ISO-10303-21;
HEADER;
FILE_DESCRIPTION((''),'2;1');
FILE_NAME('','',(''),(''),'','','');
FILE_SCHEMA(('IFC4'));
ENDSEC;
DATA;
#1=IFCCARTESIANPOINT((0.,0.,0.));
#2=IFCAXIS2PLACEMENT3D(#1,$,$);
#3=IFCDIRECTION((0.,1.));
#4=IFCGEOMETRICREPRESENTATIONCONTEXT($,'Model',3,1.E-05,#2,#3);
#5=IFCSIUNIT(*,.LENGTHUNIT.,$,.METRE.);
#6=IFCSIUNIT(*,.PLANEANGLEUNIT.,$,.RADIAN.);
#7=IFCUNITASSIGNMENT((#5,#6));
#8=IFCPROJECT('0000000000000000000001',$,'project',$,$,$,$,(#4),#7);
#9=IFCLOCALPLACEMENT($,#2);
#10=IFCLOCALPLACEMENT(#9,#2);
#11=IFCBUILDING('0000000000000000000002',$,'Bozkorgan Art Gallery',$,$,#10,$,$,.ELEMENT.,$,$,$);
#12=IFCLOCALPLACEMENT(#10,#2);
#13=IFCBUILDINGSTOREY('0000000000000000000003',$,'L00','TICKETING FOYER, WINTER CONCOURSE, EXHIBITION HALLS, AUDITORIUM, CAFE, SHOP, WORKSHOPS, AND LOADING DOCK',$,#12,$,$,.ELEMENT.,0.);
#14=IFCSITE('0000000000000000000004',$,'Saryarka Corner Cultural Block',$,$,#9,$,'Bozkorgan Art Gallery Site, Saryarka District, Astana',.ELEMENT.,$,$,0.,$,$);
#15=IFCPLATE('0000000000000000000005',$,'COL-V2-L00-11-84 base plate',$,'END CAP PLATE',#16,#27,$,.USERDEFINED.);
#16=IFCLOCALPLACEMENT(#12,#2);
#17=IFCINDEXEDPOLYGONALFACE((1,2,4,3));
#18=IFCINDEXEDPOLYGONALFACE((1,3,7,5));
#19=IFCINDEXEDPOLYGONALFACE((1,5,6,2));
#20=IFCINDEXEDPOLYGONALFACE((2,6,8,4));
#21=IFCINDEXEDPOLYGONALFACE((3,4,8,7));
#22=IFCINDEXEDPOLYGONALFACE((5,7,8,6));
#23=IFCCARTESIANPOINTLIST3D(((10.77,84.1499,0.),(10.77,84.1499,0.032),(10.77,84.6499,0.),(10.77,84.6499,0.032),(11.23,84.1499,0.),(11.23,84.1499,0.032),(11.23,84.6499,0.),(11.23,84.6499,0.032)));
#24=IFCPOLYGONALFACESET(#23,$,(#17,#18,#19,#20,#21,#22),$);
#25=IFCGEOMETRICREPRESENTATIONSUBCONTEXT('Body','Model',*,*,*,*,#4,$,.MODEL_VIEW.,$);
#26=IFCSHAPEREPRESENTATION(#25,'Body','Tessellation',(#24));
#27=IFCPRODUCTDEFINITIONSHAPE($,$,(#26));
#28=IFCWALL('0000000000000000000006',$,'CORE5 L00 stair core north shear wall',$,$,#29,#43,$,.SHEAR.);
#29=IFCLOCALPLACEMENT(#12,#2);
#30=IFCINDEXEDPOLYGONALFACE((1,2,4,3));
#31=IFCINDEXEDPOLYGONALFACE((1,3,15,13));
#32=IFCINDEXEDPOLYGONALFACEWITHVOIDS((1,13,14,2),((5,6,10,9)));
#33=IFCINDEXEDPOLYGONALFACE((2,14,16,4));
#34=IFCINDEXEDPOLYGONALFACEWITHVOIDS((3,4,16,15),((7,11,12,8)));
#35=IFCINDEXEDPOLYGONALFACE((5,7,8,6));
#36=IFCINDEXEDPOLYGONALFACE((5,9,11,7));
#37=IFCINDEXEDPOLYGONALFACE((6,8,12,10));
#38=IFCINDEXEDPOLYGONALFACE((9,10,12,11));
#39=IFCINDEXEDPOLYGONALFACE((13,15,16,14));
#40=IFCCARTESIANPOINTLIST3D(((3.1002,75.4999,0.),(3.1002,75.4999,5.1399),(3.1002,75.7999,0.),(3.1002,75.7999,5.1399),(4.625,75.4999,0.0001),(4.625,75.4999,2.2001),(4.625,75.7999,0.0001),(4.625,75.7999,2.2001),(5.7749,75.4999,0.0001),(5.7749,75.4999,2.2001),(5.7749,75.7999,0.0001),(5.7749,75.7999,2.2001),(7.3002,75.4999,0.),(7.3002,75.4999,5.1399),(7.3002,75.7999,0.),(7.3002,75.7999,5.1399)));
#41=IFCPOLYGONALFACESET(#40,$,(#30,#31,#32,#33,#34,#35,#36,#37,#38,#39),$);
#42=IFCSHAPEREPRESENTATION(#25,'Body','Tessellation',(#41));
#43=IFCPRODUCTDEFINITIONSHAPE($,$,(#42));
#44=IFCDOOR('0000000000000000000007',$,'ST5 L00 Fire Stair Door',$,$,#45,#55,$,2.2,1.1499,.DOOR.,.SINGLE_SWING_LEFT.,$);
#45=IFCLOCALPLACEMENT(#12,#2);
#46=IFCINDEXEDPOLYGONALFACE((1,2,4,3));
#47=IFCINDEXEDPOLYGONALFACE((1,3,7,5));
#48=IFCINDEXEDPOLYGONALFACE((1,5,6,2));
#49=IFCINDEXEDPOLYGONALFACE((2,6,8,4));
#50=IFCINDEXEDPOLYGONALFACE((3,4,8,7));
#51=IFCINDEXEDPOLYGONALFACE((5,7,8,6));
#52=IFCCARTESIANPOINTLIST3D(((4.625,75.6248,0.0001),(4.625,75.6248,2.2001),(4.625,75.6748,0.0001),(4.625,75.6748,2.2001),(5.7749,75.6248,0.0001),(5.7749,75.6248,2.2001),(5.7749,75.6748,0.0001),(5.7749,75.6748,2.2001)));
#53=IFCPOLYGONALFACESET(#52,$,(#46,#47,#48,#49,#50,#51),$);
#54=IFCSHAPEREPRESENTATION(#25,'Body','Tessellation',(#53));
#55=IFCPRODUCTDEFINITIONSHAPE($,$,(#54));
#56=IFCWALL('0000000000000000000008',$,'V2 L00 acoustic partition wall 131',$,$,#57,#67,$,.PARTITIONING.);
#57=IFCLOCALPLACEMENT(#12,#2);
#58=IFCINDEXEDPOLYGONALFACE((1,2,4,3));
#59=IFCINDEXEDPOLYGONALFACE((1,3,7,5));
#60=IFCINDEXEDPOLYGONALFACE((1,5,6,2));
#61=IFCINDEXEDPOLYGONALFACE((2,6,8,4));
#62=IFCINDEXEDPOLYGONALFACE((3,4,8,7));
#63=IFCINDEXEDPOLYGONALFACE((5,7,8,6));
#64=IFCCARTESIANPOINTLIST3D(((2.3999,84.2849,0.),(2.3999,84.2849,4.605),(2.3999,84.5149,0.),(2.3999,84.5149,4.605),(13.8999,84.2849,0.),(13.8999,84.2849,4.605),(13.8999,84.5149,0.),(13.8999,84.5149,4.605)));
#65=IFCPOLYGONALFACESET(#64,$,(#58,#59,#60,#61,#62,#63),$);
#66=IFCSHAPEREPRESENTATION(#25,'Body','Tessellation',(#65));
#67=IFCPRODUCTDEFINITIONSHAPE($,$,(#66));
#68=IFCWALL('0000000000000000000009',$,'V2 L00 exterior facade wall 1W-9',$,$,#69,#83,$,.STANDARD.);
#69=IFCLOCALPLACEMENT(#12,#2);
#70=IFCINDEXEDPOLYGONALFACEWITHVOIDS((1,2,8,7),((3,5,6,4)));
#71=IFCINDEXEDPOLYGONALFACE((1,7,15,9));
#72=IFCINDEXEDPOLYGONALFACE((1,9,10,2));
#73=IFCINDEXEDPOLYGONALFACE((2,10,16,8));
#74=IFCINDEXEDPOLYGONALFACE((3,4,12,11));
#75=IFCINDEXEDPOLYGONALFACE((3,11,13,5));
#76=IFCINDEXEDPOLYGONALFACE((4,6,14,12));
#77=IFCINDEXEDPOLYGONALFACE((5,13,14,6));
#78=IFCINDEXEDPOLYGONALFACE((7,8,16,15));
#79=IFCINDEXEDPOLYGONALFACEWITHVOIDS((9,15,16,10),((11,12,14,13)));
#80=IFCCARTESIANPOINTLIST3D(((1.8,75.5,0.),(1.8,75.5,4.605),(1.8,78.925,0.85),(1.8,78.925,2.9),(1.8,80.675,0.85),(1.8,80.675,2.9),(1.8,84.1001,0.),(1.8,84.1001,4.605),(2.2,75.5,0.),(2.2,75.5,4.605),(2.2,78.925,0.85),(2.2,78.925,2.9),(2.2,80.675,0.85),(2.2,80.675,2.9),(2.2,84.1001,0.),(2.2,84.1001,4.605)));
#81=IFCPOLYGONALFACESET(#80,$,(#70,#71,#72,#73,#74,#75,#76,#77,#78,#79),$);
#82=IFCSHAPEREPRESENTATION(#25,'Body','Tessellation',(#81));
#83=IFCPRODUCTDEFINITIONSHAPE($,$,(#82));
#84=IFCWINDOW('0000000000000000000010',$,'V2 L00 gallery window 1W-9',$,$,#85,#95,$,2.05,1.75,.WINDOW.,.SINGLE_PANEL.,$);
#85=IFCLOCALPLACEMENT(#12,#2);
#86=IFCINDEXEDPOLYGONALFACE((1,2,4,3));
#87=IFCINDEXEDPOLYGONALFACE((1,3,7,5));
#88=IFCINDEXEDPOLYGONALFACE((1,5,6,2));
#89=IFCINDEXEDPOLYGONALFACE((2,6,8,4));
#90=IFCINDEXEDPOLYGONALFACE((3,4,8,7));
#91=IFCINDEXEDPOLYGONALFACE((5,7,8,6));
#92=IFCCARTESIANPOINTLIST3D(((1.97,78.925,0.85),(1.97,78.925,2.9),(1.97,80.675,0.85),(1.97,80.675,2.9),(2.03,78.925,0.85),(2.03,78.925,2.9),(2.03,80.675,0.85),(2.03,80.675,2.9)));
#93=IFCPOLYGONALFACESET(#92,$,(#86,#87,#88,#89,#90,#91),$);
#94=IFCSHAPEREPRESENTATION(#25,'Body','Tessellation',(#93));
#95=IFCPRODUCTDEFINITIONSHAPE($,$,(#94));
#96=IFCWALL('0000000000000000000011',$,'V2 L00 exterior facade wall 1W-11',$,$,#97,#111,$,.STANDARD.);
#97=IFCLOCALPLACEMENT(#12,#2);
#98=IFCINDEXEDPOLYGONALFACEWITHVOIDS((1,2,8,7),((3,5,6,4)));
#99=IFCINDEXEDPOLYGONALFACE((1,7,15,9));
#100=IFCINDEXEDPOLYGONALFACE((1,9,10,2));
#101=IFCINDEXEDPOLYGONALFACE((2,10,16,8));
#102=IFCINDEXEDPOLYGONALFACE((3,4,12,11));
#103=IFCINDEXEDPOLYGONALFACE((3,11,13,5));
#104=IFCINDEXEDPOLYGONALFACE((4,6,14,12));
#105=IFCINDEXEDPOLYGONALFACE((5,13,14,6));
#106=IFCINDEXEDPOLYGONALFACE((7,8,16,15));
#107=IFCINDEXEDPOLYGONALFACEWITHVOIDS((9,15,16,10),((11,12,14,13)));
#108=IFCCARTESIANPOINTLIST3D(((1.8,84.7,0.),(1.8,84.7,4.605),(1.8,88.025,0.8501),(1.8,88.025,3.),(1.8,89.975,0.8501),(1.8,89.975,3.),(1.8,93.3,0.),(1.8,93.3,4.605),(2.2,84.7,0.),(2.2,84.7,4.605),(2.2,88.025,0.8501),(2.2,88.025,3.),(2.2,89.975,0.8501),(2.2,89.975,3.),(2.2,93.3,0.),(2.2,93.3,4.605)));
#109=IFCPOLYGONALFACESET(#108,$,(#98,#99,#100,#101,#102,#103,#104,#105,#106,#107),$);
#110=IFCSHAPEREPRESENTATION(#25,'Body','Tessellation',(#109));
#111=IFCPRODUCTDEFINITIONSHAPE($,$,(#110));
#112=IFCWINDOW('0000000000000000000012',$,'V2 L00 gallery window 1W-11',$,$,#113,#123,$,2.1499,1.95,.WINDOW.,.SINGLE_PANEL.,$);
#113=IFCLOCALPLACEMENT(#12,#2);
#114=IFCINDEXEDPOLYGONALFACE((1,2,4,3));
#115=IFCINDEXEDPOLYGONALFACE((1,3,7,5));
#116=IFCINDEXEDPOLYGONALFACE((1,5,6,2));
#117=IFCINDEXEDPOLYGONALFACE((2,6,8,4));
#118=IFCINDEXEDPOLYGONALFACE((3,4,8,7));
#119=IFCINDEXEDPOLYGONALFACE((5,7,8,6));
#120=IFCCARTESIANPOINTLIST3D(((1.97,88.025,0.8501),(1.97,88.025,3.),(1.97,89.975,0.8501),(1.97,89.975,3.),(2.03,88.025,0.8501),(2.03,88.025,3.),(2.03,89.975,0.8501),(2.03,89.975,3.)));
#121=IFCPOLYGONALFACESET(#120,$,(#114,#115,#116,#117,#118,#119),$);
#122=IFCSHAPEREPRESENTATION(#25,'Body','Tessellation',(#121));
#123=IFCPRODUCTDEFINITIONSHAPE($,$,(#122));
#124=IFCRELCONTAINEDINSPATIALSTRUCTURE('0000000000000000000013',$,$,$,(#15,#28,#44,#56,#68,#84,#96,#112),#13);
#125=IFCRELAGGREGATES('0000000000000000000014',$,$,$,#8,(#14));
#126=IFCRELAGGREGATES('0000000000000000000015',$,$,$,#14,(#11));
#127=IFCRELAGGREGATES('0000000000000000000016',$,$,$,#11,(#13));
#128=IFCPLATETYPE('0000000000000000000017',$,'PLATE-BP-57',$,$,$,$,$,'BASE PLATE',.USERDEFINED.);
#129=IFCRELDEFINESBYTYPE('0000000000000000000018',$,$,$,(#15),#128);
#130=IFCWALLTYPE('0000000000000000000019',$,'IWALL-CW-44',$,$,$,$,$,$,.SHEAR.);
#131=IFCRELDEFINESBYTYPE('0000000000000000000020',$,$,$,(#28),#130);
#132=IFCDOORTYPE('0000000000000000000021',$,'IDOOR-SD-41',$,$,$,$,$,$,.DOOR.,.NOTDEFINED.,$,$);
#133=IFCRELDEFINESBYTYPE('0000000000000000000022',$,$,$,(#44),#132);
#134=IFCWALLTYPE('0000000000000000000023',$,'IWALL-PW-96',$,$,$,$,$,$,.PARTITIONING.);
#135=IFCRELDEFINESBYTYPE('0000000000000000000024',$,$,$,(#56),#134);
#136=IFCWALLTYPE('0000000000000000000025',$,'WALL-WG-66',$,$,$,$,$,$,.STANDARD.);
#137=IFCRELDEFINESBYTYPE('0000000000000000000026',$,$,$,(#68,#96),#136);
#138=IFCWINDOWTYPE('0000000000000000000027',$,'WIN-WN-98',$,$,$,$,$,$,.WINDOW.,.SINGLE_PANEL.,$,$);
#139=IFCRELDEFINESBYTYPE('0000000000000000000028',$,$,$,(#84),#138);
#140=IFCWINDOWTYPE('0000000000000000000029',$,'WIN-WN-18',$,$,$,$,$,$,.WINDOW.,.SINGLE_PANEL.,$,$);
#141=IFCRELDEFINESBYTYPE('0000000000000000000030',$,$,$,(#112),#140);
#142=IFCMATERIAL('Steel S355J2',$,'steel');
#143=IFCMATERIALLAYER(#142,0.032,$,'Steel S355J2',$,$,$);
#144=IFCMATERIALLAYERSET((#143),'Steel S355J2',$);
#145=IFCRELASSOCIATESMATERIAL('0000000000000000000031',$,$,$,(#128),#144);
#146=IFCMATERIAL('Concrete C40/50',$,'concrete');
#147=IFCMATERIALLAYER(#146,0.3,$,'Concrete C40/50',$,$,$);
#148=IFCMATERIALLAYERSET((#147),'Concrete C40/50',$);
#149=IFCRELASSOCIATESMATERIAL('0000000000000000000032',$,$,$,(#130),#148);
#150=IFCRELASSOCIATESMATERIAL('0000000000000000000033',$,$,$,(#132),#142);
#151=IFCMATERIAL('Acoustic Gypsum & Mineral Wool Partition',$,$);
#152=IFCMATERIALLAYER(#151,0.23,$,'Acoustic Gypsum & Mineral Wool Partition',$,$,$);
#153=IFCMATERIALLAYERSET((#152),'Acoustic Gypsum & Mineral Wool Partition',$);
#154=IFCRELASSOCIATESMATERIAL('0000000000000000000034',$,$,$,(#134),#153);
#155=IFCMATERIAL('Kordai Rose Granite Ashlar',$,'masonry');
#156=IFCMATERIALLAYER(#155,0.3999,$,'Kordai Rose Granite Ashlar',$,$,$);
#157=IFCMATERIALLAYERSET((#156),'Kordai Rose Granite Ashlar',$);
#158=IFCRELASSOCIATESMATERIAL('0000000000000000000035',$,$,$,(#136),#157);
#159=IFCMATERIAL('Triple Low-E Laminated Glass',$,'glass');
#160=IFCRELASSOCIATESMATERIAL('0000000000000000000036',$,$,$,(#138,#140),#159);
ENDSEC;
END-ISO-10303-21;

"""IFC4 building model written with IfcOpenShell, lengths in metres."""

from ifc_helpers import new_model, si_unit, direction, frame, frame_2d, origin, origin_2d, place, context, subcontext, project, spatial, rectangle, extrude, material, layer, layer_set, type_object, element, fill, save


model = new_model("IFC4")

# Units and contexts
model_context = context("Model", 3, precision=1e-05, world=origin(), true_north=direction((0.0, 1.0)))
body_context = subcontext(model_context, "Body", "Model", "MODEL_VIEW")
ifc_project = project(units=[si_unit("LENGTHUNIT", "METRE"), si_unit("PLANEANGLEUNIT", "RADIAN")], contexts=[model_context])

# Site, building, storey
site_placement = place(None, origin())
site = spatial("IfcSite", under=ifc_project, at=site_placement, Name="Saryarka Corner Cultural Block", LongName="Bozkorgan Art Gallery Site, Saryarka District, Astana", CompositionType="ELEMENT", RefElevation=0.0)
building_placement = place(site_placement, origin())
building = spatial("IfcBuilding", under=site, at=building_placement, Name="Bozkorgan Art Gallery", CompositionType="ELEMENT")
storey_placement = place(building_placement, origin())
storey = spatial("IfcBuildingStorey", under=building, at=storey_placement, Name="L00", Description="TICKETING FOYER, WINTER CONCOURSE, EXHIBITION HALLS, AUDITORIUM, CAFE, SHOP, WORKSHOPS, AND LOADING DOCK", CompositionType="ELEMENT", Elevation=0.0)

# Shared definitions
ifc_material_1 = material(Name="Concrete C40/50", Category="concrete")
ifc_material_2 = material(Name="Steel S355J2", Category="steel")

# Plate
ifc_layer_1 = layer(ifc_material_2, 0.032, Name="Steel S355J2")
ifc_layer_set_1 = layer_set([ifc_layer_1], Name="Steel S355J2")
plate_type = type_object("IfcPlateType", Name="PLATE-BP-57", ElementType="BASE PLATE", PredefinedType="USERDEFINED", material=ifc_layer_set_1)
plate_placement = place(storey_placement, frame((11.0, 84.3999, 0.0), z_axis=(0.0, 0.0, 1.0), x_axis=(1.0, 0.0, 0.0)))
element("IfcPlate", 1, at=plate_placement, inside=storey, type_object=plate_type, Name="COL-V2-L00-11-84 base plate", ObjectType="END CAP PLATE", PredefinedType="USERDEFINED", context=body_context, shape_type="SweptSolid", body=[
    extrude(rectangle(XDim=0.46, YDim=0.5, at=origin_2d()), origin(), (0.0, 0.0, 1.0), 0.032),
])

# Wall, opening, door
ifc_layer_2 = layer(ifc_material_1, 0.3, Name="Concrete C40/50")
ifc_layer_set_2 = layer_set([ifc_layer_2], Name="Concrete C40/50")
wall_type_1 = type_object("IfcWallType", Name="IWALL-CW-44", PredefinedType="SHEAR", material=ifc_layer_set_2)
wall_1_placement = place(storey_placement, frame((3.1001, 75.6499, 0.0), z_axis=(0.0, 0.0, 1.0), x_axis=(1.0, 0.0, 0.0)))
wall_1 = element("IfcWall", 2, at=wall_1_placement, inside=storey, type_object=wall_type_1, Name="CORE5 L00 stair core north shear wall", PredefinedType="SHEAR", context=body_context, shape_type="SweptSolid", body=[
    extrude(rectangle(XDim=4.2, YDim=0.3, at=frame_2d((2.1001, 0.0))), origin(), (0.0, 0.0, 1.0), 5.1399),
])
opening_1_placement = place(wall_1_placement, frame((1.5249, 0.0, 0.0)))
opening_1 = element("IfcOpeningElement", 3, at=opening_1_placement, cuts=wall_1, PredefinedType="OPENING", context=body_context, shape_type="SweptSolid", body=[
    extrude(rectangle(XDim=1.1499, YDim=2.2, at=frame_2d((0.575, 1.1001))), frame((0.0, 0.1602, 0.0), z_axis=(0.0, -1.0, 0.0), x_axis=(1.0, 0.0, 0.0)), (0.0, 0.0, 1.0), 0.3201),
])
door_type = type_object("IfcDoorType", Name="IDOOR-SD-41", OperationType="NOTDEFINED", PredefinedType="DOOR", material=ifc_material_2)
door_placement = place(opening_1_placement, origin())
door = element("IfcDoor", 4, at=door_placement, inside=storey, type_object=door_type, Name="ST5 L00 Fire Stair Door", OperationType="SINGLE_SWING_LEFT", OverallHeight=2.2, OverallWidth=1.1499, PredefinedType="DOOR", context=body_context, shape_type="SweptSolid", body=[
    extrude(rectangle(XDim=1.1499, YDim=2.2, at=frame_2d((0.575, 1.1001))), frame((0.0, 0.0249, 0.0), z_axis=(0.0, -1.0, 0.0), x_axis=(1.0, 0.0, 0.0)), (0.0, 0.0, 1.0), 0.05),
])
fill(opening_1, door)

# Wall
ifc_material_3 = material(Name="Acoustic Gypsum & Mineral Wool Partition")
ifc_layer_3 = layer(ifc_material_3, 0.23, Name="Acoustic Gypsum & Mineral Wool Partition")
ifc_layer_set_3 = layer_set([ifc_layer_3], Name="Acoustic Gypsum & Mineral Wool Partition")
wall_type_2 = type_object("IfcWallType", Name="IWALL-PW-96", PredefinedType="PARTITIONING", material=ifc_layer_set_3)
wall_2_placement = place(storey_placement, frame((2.3999, 84.3999, 0.0), z_axis=(0.0, 0.0, 1.0), x_axis=(1.0, 0.0, 0.0)))
element("IfcWall", 5, at=wall_2_placement, inside=storey, type_object=wall_type_2, Name="V2 L00 acoustic partition wall 131", PredefinedType="PARTITIONING", context=body_context, shape_type="SweptSolid", body=[
    extrude(rectangle(XDim=11.5, YDim=0.23, at=frame_2d((5.75, 0.0))), origin(), (0.0, 0.0, 1.0), 4.605),
])

# Walls, openings, windows
ifc_material_4 = material(Name="Kordai Rose Granite Ashlar", Category="masonry")
ifc_layer_4 = layer(ifc_material_4, 0.3999, Name="Kordai Rose Granite Ashlar")
ifc_layer_set_4 = layer_set([ifc_layer_4], Name="Kordai Rose Granite Ashlar")
wall_type_3 = type_object("IfcWallType", Name="WALL-WG-66", PredefinedType="STANDARD", material=ifc_layer_set_4)
wall_3_placement = place(storey_placement, frame((2.0, 75.5, 0.0), z_axis=(0.0, 0.0, 1.0), x_axis=(0.0, 1.0, 0.0)))
wall_3 = element("IfcWall", 6, at=wall_3_placement, inside=storey, type_object=wall_type_3, Name="V2 L00 exterior facade wall 1W-9", PredefinedType="STANDARD", context=body_context, shape_type="SweptSolid", body=[
    extrude(rectangle(XDim=8.6001, YDim=0.3999, at=frame_2d((4.3, 0.0))), origin(), (0.0, 0.0, 1.0), 4.605),
])
opening_2_placement = place(wall_3_placement, frame((3.425, 0.0, 0.8501)))
opening_2 = element("IfcOpeningElement", 7, at=opening_2_placement, cuts=wall_3, PredefinedType="OPENING", context=body_context, shape_type="SweptSolid", body=[
    extrude(rectangle(XDim=1.75, YDim=2.05, at=frame_2d((0.875, 1.0249))), frame((0.0, 0.21, 0.0), z_axis=(0.0, -1.0, 0.0), x_axis=(1.0, 0.0, 0.0)), (0.0, 0.0, 1.0), 0.4199),
])
ifc_material_5 = material(Name="Triple Low-E Laminated Glass", Category="glass")
window_type_1 = type_object("IfcWindowType", Name="WIN-WN-98", PartitioningType="SINGLE_PANEL", PredefinedType="WINDOW", material=ifc_material_5)
window_1_placement = place(opening_2_placement, origin())
window_1 = element("IfcWindow", 8, at=window_1_placement, inside=storey, type_object=window_type_1, Name="V2 L00 gallery window 1W-9", OverallHeight=2.05, OverallWidth=1.75, PartitioningType="SINGLE_PANEL", PredefinedType="WINDOW", context=body_context, shape_type="SweptSolid", body=[
    extrude(rectangle(XDim=1.75, YDim=2.05, at=frame_2d((0.875, 1.0249))), frame((0.0, 0.03, 0.0), z_axis=(0.0, -1.0, 0.0), x_axis=(1.0, 0.0, 0.0)), (0.0, 0.0, 1.0), 0.0601),
])
fill(opening_2, window_1)
wall_4_placement = place(storey_placement, frame((2.0, 84.7, 0.0), z_axis=(0.0, 0.0, 1.0), x_axis=(0.0, 1.0, 0.0)))
wall_4 = element("IfcWall", 9, at=wall_4_placement, inside=storey, type_object=wall_type_3, Name="V2 L00 exterior facade wall 1W-11", PredefinedType="STANDARD", context=body_context, shape_type="SweptSolid", body=[
    extrude(rectangle(XDim=8.6001, YDim=0.3999, at=frame_2d((4.3, 0.0))), origin(), (0.0, 0.0, 1.0), 4.605),
])
opening_3_placement = place(wall_4_placement, frame((3.325, 0.0, 0.8501)))
opening_3 = element("IfcOpeningElement", 10, at=opening_3_placement, cuts=wall_4, PredefinedType="OPENING", context=body_context, shape_type="SweptSolid", body=[
    extrude(rectangle(XDim=1.95, YDim=2.1499, at=frame_2d((0.9751, 1.075))), frame((0.0, 0.21, 0.0), z_axis=(0.0, -1.0, 0.0), x_axis=(1.0, 0.0, 0.0)), (0.0, 0.0, 1.0), 0.4199),
])
window_type_2 = type_object("IfcWindowType", Name="WIN-WN-18", PartitioningType="SINGLE_PANEL", PredefinedType="WINDOW", material=ifc_material_5)
window_2_placement = place(opening_3_placement, origin())
window_2 = element("IfcWindow", 11, at=window_2_placement, inside=storey, type_object=window_type_2, Name="V2 L00 gallery window 1W-11", OverallHeight=2.1499, OverallWidth=1.95, PartitioningType="SINGLE_PANEL", PredefinedType="WINDOW", context=body_context, shape_type="SweptSolid", body=[
    extrude(rectangle(XDim=1.95, YDim=2.1499, at=frame_2d((0.9751, 1.075))), frame((0.0, 0.03, 0.0), z_axis=(0.0, -1.0, 0.0), x_axis=(1.0, 0.0, 0.0)), (0.0, 0.0, 1.0), 0.0601),
])
fill(opening_3, window_2)

save(model, "model.ifc")
